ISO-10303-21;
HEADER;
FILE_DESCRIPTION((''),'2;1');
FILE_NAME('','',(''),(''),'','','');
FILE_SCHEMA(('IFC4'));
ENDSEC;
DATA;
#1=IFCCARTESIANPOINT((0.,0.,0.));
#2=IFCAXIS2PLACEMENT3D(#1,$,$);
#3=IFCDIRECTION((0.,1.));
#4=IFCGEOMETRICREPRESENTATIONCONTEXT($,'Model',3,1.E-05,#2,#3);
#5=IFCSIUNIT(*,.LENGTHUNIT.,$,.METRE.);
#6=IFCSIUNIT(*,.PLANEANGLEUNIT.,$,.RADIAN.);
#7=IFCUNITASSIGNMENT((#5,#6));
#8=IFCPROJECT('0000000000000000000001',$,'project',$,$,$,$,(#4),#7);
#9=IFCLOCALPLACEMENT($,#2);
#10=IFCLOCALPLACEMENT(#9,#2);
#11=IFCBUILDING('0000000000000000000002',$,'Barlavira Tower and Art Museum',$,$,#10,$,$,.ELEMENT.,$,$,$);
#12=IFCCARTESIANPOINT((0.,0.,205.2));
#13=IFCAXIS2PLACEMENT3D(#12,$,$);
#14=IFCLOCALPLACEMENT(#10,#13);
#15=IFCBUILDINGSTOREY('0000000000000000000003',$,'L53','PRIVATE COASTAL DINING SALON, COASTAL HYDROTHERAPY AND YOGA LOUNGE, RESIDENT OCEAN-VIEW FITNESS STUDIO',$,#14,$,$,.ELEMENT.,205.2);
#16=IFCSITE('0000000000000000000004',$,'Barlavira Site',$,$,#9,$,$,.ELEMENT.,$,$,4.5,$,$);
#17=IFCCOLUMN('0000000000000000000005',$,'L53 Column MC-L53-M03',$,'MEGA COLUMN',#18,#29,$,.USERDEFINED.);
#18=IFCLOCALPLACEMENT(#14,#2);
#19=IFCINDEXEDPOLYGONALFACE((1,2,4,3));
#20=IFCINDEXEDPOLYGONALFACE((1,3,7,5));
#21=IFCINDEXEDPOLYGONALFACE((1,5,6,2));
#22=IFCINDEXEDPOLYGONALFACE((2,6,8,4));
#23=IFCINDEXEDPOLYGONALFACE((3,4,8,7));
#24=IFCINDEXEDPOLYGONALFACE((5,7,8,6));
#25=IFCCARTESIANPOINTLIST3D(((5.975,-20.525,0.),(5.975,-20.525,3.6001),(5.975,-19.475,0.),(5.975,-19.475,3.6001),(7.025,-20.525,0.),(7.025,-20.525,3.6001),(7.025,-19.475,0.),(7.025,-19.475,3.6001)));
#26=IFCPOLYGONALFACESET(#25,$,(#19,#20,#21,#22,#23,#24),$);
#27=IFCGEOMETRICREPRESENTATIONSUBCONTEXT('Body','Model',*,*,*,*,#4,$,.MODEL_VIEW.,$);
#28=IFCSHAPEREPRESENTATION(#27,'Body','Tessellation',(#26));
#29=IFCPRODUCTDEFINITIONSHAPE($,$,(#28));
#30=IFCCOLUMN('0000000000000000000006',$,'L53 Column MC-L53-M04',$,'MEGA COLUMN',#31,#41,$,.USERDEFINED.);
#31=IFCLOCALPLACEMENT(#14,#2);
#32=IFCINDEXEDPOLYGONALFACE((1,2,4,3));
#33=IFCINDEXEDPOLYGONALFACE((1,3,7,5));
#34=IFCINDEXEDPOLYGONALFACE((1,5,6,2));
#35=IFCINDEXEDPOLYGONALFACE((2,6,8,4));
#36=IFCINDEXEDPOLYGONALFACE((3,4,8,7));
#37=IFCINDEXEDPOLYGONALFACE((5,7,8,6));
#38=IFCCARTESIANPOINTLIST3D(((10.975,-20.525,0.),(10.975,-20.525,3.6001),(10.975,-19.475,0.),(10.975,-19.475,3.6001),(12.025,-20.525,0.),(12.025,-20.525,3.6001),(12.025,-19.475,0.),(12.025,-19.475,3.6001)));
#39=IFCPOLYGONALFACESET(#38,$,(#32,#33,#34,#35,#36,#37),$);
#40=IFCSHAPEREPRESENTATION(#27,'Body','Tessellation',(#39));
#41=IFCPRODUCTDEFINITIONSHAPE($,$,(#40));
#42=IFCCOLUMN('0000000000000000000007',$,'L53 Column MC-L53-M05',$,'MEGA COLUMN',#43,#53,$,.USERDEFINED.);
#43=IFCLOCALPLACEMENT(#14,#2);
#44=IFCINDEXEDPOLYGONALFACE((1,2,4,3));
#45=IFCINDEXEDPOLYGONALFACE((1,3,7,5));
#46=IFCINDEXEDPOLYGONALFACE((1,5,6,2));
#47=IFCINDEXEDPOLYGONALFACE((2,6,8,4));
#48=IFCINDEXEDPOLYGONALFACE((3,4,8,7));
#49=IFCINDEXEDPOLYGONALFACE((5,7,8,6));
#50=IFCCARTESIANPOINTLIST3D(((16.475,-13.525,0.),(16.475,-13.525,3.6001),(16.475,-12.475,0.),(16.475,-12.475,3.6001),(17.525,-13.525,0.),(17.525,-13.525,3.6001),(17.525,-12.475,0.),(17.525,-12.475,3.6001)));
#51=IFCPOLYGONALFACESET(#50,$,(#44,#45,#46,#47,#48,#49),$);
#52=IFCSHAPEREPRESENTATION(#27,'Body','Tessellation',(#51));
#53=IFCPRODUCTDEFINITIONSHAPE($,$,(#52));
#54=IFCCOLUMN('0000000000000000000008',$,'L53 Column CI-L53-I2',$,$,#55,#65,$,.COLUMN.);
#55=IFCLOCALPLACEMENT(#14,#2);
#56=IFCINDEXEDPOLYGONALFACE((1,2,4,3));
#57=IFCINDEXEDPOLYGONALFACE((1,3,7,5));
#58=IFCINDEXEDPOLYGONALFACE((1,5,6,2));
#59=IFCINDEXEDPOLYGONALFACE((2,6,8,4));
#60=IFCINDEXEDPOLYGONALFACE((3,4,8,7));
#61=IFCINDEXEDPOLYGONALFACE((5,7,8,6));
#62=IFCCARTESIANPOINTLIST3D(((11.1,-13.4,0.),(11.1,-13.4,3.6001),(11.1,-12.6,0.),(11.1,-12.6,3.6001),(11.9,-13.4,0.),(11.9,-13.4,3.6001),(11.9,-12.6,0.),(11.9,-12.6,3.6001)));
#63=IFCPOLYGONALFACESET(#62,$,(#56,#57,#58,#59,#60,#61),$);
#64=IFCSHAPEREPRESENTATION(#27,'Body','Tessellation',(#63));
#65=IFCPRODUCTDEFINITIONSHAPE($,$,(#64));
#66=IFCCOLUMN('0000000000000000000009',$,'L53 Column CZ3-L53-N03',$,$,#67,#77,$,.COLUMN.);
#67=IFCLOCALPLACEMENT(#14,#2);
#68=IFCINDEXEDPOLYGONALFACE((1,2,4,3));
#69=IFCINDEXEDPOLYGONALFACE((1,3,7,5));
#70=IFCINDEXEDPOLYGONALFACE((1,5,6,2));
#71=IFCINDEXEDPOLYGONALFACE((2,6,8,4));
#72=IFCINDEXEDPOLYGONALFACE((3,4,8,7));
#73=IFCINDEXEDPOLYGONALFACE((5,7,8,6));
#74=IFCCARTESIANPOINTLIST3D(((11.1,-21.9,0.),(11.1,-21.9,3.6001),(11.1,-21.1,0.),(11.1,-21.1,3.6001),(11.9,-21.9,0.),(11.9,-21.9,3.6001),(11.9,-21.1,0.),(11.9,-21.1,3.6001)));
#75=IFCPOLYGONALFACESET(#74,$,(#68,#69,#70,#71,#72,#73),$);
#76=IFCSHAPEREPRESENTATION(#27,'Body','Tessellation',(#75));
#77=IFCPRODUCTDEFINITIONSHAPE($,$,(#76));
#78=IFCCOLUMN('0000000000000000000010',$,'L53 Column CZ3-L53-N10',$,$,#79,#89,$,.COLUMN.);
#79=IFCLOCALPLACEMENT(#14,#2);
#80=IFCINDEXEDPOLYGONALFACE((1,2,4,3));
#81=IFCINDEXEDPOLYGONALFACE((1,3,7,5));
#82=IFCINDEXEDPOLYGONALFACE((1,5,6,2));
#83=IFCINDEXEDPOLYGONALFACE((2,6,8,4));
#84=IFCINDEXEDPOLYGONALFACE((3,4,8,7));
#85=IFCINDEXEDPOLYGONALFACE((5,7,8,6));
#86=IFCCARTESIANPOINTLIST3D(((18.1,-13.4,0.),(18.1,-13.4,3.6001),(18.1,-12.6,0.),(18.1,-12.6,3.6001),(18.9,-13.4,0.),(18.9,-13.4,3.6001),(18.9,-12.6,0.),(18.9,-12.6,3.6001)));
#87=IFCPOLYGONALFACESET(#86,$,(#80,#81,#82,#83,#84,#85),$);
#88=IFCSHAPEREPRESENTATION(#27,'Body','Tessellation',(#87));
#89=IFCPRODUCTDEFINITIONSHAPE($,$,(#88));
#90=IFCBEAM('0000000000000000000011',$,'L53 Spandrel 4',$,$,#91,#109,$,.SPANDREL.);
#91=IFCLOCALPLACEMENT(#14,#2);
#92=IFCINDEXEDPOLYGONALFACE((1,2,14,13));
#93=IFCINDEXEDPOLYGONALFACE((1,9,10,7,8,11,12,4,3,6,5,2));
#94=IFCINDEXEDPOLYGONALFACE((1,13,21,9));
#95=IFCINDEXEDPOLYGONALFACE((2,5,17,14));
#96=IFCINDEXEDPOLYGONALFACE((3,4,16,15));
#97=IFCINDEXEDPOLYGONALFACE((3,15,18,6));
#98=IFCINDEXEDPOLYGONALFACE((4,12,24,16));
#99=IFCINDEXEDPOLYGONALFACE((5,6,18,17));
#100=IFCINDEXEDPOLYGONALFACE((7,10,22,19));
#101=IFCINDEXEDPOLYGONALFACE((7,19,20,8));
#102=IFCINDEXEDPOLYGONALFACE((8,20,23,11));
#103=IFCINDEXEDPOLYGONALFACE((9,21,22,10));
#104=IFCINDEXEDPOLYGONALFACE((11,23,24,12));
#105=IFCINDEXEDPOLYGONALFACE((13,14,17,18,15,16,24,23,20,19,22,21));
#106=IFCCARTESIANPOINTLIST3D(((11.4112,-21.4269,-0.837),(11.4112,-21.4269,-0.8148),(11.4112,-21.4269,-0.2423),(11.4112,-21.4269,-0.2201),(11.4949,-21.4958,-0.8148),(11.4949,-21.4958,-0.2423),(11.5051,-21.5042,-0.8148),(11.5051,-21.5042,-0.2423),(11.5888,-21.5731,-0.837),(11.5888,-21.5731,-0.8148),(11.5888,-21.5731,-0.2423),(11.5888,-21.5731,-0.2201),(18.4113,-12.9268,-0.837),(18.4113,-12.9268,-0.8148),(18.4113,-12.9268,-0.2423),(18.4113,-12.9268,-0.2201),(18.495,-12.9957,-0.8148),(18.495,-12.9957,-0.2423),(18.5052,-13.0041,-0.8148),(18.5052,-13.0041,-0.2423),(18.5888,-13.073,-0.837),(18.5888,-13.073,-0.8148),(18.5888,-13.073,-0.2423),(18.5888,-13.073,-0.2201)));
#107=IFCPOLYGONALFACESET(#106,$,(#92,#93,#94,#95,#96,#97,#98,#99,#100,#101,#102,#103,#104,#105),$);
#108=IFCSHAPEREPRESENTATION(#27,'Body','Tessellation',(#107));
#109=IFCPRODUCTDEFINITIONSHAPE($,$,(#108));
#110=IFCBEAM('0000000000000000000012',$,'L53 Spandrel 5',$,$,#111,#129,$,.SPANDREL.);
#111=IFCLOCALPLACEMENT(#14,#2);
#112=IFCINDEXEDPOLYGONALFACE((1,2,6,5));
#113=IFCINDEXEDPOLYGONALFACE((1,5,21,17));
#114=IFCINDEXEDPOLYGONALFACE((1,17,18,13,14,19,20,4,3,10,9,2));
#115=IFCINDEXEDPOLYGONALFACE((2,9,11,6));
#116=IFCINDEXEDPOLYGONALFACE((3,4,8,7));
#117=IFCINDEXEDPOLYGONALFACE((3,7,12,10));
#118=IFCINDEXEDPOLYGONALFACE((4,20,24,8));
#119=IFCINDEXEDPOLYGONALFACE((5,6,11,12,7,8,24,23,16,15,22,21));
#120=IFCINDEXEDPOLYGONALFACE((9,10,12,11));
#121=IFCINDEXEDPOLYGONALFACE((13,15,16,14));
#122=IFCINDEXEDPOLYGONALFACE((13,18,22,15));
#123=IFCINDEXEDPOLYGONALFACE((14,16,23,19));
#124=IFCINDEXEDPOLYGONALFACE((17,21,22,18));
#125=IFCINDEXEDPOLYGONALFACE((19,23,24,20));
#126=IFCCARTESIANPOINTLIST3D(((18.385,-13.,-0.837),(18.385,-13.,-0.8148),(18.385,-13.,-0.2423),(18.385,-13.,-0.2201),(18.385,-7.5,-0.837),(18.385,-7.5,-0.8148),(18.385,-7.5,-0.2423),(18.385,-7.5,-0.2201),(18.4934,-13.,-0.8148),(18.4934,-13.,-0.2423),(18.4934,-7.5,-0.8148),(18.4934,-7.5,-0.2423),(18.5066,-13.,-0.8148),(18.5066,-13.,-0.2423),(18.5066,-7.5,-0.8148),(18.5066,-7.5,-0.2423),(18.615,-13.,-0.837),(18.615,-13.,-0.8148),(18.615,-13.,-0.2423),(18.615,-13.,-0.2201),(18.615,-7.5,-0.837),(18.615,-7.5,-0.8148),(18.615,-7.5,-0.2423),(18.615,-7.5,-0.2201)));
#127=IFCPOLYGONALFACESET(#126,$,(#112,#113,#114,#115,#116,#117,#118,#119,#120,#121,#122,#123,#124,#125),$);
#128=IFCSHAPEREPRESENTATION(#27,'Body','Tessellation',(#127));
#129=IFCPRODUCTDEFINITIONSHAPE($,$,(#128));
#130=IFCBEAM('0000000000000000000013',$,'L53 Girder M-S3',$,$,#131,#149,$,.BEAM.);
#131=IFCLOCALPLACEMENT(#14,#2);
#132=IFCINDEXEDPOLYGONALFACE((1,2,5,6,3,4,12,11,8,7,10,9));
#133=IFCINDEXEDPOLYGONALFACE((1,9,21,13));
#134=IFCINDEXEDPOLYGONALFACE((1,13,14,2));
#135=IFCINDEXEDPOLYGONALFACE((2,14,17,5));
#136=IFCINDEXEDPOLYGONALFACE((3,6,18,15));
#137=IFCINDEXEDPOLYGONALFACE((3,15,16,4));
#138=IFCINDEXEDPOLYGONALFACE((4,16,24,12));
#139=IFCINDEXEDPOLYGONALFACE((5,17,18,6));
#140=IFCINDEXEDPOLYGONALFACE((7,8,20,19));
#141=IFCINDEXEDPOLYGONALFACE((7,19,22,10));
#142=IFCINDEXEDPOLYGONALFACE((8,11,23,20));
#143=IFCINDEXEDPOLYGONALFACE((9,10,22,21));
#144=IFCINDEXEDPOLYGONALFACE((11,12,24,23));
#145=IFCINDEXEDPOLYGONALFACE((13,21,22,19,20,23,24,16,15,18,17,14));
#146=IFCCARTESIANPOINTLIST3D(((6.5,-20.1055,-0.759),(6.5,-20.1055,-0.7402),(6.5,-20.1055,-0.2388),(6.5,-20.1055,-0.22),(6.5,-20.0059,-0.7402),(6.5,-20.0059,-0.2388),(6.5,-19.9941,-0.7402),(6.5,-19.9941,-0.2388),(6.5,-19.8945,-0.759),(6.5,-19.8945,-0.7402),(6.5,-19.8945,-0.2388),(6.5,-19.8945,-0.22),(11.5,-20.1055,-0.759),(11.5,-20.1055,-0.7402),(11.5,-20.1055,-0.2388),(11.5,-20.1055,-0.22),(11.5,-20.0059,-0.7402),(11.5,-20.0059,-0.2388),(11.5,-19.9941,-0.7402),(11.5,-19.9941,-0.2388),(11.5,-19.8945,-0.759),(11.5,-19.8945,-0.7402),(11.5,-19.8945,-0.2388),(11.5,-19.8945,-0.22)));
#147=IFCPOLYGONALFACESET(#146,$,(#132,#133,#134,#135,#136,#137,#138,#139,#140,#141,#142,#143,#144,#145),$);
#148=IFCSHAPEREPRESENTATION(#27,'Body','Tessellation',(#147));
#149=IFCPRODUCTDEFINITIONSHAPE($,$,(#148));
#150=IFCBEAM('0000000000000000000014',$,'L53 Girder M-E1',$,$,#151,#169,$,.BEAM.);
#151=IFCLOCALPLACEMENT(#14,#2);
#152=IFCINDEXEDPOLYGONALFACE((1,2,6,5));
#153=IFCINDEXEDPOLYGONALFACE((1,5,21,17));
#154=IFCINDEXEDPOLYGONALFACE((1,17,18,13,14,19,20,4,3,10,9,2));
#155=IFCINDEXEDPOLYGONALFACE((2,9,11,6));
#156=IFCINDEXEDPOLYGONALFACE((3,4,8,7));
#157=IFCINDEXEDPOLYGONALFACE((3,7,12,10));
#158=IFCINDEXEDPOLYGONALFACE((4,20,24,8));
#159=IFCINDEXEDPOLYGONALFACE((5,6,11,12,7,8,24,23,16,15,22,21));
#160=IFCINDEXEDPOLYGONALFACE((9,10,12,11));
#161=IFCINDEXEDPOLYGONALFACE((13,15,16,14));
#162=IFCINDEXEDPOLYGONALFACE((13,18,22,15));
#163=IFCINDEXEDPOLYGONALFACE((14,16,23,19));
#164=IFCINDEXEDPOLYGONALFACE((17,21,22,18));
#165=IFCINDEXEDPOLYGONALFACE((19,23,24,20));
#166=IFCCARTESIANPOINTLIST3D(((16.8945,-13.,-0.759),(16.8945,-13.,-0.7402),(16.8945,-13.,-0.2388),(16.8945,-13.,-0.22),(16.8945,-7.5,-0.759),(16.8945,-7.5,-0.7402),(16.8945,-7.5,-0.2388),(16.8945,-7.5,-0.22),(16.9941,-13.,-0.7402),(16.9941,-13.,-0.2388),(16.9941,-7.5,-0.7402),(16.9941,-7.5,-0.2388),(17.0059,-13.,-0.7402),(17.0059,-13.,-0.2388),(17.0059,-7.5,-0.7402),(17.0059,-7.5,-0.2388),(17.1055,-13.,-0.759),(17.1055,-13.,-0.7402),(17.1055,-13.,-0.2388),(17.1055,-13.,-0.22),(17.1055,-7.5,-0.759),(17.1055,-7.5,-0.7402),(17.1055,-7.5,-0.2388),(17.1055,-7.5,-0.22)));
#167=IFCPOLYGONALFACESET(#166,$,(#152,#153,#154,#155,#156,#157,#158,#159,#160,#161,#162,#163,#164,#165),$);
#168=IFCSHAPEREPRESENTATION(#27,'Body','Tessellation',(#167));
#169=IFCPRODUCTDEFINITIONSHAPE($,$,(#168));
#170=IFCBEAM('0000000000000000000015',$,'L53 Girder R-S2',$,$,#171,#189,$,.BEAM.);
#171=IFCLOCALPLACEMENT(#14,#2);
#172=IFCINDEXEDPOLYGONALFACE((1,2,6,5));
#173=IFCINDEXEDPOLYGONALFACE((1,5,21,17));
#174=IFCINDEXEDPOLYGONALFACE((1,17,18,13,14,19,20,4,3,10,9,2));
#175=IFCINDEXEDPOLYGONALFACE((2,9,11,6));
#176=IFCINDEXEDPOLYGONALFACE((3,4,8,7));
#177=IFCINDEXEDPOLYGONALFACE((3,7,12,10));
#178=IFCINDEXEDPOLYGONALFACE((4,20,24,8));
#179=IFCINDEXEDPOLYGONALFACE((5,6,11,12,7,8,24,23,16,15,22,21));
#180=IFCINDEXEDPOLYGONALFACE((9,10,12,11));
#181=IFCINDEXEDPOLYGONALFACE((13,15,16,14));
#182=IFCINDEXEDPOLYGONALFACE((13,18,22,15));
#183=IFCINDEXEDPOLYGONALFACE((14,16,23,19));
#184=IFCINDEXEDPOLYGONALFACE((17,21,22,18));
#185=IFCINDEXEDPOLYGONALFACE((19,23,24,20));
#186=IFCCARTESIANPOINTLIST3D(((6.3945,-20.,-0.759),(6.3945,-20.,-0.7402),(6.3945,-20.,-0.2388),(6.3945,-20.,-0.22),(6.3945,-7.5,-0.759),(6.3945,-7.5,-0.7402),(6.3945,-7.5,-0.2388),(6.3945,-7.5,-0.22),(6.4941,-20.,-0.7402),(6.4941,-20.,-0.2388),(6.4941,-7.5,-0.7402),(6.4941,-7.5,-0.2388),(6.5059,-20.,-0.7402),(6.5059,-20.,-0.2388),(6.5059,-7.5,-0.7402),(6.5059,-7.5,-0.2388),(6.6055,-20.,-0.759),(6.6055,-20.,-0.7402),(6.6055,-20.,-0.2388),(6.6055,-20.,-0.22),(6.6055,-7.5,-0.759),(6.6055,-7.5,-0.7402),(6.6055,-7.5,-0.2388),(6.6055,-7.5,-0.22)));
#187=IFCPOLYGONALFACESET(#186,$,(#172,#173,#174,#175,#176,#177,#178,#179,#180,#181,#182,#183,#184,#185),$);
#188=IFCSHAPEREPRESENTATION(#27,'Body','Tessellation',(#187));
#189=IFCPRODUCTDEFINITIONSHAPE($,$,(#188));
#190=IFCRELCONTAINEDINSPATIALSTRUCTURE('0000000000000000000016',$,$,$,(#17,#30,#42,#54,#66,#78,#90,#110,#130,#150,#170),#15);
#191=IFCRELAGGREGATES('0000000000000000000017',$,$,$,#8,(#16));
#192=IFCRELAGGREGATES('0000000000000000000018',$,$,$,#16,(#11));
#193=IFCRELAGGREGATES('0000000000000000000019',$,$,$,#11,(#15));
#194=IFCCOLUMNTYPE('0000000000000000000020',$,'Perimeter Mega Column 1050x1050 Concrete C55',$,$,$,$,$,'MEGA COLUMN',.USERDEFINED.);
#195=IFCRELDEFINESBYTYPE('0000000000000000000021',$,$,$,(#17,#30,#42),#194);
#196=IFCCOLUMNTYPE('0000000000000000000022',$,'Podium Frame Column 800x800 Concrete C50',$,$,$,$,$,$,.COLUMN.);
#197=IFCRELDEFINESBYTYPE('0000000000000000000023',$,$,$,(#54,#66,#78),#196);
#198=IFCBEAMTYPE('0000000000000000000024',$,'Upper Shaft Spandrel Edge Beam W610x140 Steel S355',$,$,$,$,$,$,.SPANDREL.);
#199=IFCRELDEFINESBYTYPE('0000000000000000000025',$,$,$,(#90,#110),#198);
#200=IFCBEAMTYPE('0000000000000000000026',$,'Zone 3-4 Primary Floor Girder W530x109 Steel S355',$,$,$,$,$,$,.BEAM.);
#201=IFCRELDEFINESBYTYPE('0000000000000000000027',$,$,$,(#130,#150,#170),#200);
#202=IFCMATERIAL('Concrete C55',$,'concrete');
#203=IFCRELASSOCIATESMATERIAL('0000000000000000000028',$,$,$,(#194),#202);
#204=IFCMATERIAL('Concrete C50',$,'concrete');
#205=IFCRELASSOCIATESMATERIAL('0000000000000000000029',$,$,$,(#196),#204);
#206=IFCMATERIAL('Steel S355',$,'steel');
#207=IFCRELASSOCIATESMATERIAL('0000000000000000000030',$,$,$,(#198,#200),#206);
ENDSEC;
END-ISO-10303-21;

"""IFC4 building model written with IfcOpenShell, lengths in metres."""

from ifc_helpers import new_model, si_unit, direction, frame, origin, origin_2d, place, context, subcontext, project, spatial, rectangle, i_section, extrude, material, material_profile, profile_set, type_object, element, save


model = new_model("IFC4")

# Units and contexts
model_context = context("Model", 3, precision=1e-05, world=origin(), true_north=direction((0.0, 1.0)))
body_context = subcontext(model_context, "Body", "Model", "MODEL_VIEW")
ifc_project = project(units=[si_unit("LENGTHUNIT", "METRE"), si_unit("PLANEANGLEUNIT", "RADIAN")], contexts=[model_context])

# Site, building, storey
site_placement = place(None, origin())
site = spatial("IfcSite", under=ifc_project, at=site_placement, Name="Barlavira Site", CompositionType="ELEMENT", RefElevation=4.5)
building_placement = place(site_placement, origin())
building = spatial("IfcBuilding", under=site, at=building_placement, Name="Barlavira Tower and Art Museum", CompositionType="ELEMENT")
storey_placement = place(building_placement, frame((0.0, 0.0, 205.2)))
storey = spatial("IfcBuildingStorey", under=building, at=storey_placement, Name="L53", Description="PRIVATE COASTAL DINING SALON, COASTAL HYDROTHERAPY AND YOGA LOUNGE, RESIDENT OCEAN-VIEW FITNESS STUDIO", CompositionType="ELEMENT", Elevation=205.2)

# Columns
ifc_material_1 = material(Name="Concrete C55", Category="concrete")
ifc_material_profile_1 = material_profile(ifc_material_1, rectangle(XDim=1.05, YDim=1.05, at=origin_2d()), Name="RC-COL 1050x1050")
ifc_profile_set_1 = profile_set([ifc_material_profile_1], Name="Concrete C55")
column_type_1 = type_object("IfcColumnType", Name="Perimeter Mega Column 1050x1050 Concrete C55", ElementType="MEGA COLUMN", PredefinedType="USERDEFINED", material=ifc_profile_set_1)
for number, where, z_axis, x_axis, name in (
    (1, (6.5, -20.0, 0.0), (0.0, 0.0, 1.0), (1.0, 0.0, 0.0), "L53 Column MC-L53-M03"),
    (2, (11.5, -20.0, 0.0), (0.0, 0.0, 1.0), (1.0, 0.0, 0.0), "L53 Column MC-L53-M04"),
    (3, (17.0, -13.0, 0.0), (0.0, 0.0, 1.0), (1.0, 0.0, 0.0), "L53 Column MC-L53-M05"),
):
    element("IfcColumn", number, at=place(storey_placement, frame(where, z_axis=z_axis, x_axis=x_axis)), inside=storey, type_object=column_type_1, Name=name, ObjectType="MEGA COLUMN", PredefinedType="USERDEFINED", context=body_context, shape_type="SweptSolid", body=[
        extrude(rectangle(XDim=1.05, YDim=1.05, at=origin_2d()), origin(), (0.0, 0.0, 1.0), 3.6001),
    ])
ifc_material_2 = material(Name="Concrete C50", Category="concrete")
ifc_material_profile_2 = material_profile(ifc_material_2, rectangle(XDim=0.8, YDim=0.8, at=origin_2d()), Name="RC-COL 800x800")
ifc_profile_set_2 = profile_set([ifc_material_profile_2], Name="Concrete C50")
column_type_2 = type_object("IfcColumnType", Name="Podium Frame Column 800x800 Concrete C50", PredefinedType="COLUMN", material=ifc_profile_set_2)
for number, where, z_axis, x_axis, name in (
    (4, (11.5, -13.0, 0.0), (0.0, 0.0, 1.0), (1.0, 0.0, 0.0), "L53 Column CI-L53-I2"),
    (5, (11.5, -21.5, 0.0), (0.0, 0.0, 1.0), (1.0, 0.0, 0.0), "L53 Column CZ3-L53-N03"),
    (6, (18.5, -13.0, 0.0), (0.0, 0.0, 1.0), (1.0, 0.0, 0.0), "L53 Column CZ3-L53-N10"),
):
    element("IfcColumn", number, at=place(storey_placement, frame(where, z_axis=z_axis, x_axis=x_axis)), inside=storey, type_object=column_type_2, Name=name, PredefinedType="COLUMN", context=body_context, shape_type="SweptSolid", body=[
        extrude(rectangle(XDim=0.8, YDim=0.8, at=origin_2d()), origin(), (0.0, 0.0, 1.0), 3.6001),
    ])

# Beams
ifc_material_3 = material(Name="Steel S355", Category="steel")
ifc_material_profile_3 = material_profile(ifc_material_3, i_section(OverallWidth=0.23, OverallDepth=0.6169, WebThickness=0.0132, FlangeThickness=0.0222, at=origin_2d()), Name="W610x140.0")
ifc_profile_set_3 = profile_set([ifc_material_profile_3], Name="Steel S355")
beam_type_1 = type_object("IfcBeamType", Name="Upper Shaft Spandrel Edge Beam W610x140 Steel S355", PredefinedType="SPANDREL", material=ifc_profile_set_3)
beam_1_placement = place(storey_placement, frame((11.5, -21.5, -0.5286), z_axis=(0.635707, 0.77193, 0.0), x_axis=(-0.77193, 0.635707, 0.0)))
element("IfcBeam", 7, at=beam_1_placement, inside=storey, type_object=beam_type_1, Name="L53 Spandrel 4", PredefinedType="SPANDREL", context=body_context, shape_type="SweptSolid", body=[
    extrude(i_section(OverallWidth=0.23, OverallDepth=0.6169, WebThickness=0.0132, FlangeThickness=0.0222, at=origin_2d()), origin(), (0.0, 0.0, 1.0), 11.0115),
])
beam_2_placement = place(storey_placement, frame((18.5, -13.0, -0.5286), z_axis=(0.0, 1.0, 0.0), x_axis=(-1.0, 0.0, 0.0)))
element("IfcBeam", 8, at=beam_2_placement, inside=storey, type_object=beam_type_1, Name="L53 Spandrel 5", PredefinedType="SPANDREL", context=body_context, shape_type="SweptSolid", body=[
    extrude(i_section(OverallWidth=0.23, OverallDepth=0.6169, WebThickness=0.0132, FlangeThickness=0.0222, at=origin_2d()), origin(), (0.0, 0.0, 1.0), 5.5),
])
ifc_material_profile_4 = material_profile(ifc_material_3, i_section(OverallWidth=0.2109, OverallDepth=0.5391, WebThickness=0.0117, FlangeThickness=0.0188, at=origin_2d()), Name="W530x109.0")
ifc_profile_set_4 = profile_set([ifc_material_profile_4], Name="Steel S355")
beam_type_2 = type_object("IfcBeamType", Name="Zone 3-4 Primary Floor Girder W530x109 Steel S355", PredefinedType="BEAM", material=ifc_profile_set_4)
beam_3_placement = place(storey_placement, frame((6.5, -20.0, -0.4895), z_axis=(1.0, 0.0, 0.0), x_axis=(0.0, 1.0, 0.0)))
element("IfcBeam", 9, at=beam_3_placement, inside=storey, type_object=beam_type_2, Name="L53 Girder M-S3", PredefinedType="BEAM", context=body_context, shape_type="SweptSolid", body=[
    extrude(i_section(OverallWidth=0.2109, OverallDepth=0.5391, WebThickness=0.0117, FlangeThickness=0.0188, at=origin_2d()), origin(), (0.0, 0.0, 1.0), 5.0),
])
beam_4_placement = place(storey_placement, frame((17.0, -13.0, -0.4895), z_axis=(0.0, 1.0, 0.0), x_axis=(-1.0, 0.0, 0.0)))
element("IfcBeam", 10, at=beam_4_placement, inside=storey, type_object=beam_type_2, Name="L53 Girder M-E1", PredefinedType="BEAM", context=body_context, shape_type="SweptSolid", body=[
    extrude(i_section(OverallWidth=0.2109, OverallDepth=0.5391, WebThickness=0.0117, FlangeThickness=0.0188, at=origin_2d()), origin(), (0.0, 0.0, 1.0), 5.5),
])
beam_5_placement = place(storey_placement, frame((6.5, -20.0, -0.4895), z_axis=(0.0, 1.0, 0.0), x_axis=(-1.0, 0.0, 0.0)))
element("IfcBeam", 11, at=beam_5_placement, inside=storey, type_object=beam_type_2, Name="L53 Girder R-S2", PredefinedType="BEAM", context=body_context, shape_type="SweptSolid", body=[
    extrude(i_section(OverallWidth=0.2109, OverallDepth=0.5391, WebThickness=0.0117, FlangeThickness=0.0188, at=origin_2d()), origin(), (0.0, 0.0, 1.0), 12.5),
])

save(model, "model.ifc")
